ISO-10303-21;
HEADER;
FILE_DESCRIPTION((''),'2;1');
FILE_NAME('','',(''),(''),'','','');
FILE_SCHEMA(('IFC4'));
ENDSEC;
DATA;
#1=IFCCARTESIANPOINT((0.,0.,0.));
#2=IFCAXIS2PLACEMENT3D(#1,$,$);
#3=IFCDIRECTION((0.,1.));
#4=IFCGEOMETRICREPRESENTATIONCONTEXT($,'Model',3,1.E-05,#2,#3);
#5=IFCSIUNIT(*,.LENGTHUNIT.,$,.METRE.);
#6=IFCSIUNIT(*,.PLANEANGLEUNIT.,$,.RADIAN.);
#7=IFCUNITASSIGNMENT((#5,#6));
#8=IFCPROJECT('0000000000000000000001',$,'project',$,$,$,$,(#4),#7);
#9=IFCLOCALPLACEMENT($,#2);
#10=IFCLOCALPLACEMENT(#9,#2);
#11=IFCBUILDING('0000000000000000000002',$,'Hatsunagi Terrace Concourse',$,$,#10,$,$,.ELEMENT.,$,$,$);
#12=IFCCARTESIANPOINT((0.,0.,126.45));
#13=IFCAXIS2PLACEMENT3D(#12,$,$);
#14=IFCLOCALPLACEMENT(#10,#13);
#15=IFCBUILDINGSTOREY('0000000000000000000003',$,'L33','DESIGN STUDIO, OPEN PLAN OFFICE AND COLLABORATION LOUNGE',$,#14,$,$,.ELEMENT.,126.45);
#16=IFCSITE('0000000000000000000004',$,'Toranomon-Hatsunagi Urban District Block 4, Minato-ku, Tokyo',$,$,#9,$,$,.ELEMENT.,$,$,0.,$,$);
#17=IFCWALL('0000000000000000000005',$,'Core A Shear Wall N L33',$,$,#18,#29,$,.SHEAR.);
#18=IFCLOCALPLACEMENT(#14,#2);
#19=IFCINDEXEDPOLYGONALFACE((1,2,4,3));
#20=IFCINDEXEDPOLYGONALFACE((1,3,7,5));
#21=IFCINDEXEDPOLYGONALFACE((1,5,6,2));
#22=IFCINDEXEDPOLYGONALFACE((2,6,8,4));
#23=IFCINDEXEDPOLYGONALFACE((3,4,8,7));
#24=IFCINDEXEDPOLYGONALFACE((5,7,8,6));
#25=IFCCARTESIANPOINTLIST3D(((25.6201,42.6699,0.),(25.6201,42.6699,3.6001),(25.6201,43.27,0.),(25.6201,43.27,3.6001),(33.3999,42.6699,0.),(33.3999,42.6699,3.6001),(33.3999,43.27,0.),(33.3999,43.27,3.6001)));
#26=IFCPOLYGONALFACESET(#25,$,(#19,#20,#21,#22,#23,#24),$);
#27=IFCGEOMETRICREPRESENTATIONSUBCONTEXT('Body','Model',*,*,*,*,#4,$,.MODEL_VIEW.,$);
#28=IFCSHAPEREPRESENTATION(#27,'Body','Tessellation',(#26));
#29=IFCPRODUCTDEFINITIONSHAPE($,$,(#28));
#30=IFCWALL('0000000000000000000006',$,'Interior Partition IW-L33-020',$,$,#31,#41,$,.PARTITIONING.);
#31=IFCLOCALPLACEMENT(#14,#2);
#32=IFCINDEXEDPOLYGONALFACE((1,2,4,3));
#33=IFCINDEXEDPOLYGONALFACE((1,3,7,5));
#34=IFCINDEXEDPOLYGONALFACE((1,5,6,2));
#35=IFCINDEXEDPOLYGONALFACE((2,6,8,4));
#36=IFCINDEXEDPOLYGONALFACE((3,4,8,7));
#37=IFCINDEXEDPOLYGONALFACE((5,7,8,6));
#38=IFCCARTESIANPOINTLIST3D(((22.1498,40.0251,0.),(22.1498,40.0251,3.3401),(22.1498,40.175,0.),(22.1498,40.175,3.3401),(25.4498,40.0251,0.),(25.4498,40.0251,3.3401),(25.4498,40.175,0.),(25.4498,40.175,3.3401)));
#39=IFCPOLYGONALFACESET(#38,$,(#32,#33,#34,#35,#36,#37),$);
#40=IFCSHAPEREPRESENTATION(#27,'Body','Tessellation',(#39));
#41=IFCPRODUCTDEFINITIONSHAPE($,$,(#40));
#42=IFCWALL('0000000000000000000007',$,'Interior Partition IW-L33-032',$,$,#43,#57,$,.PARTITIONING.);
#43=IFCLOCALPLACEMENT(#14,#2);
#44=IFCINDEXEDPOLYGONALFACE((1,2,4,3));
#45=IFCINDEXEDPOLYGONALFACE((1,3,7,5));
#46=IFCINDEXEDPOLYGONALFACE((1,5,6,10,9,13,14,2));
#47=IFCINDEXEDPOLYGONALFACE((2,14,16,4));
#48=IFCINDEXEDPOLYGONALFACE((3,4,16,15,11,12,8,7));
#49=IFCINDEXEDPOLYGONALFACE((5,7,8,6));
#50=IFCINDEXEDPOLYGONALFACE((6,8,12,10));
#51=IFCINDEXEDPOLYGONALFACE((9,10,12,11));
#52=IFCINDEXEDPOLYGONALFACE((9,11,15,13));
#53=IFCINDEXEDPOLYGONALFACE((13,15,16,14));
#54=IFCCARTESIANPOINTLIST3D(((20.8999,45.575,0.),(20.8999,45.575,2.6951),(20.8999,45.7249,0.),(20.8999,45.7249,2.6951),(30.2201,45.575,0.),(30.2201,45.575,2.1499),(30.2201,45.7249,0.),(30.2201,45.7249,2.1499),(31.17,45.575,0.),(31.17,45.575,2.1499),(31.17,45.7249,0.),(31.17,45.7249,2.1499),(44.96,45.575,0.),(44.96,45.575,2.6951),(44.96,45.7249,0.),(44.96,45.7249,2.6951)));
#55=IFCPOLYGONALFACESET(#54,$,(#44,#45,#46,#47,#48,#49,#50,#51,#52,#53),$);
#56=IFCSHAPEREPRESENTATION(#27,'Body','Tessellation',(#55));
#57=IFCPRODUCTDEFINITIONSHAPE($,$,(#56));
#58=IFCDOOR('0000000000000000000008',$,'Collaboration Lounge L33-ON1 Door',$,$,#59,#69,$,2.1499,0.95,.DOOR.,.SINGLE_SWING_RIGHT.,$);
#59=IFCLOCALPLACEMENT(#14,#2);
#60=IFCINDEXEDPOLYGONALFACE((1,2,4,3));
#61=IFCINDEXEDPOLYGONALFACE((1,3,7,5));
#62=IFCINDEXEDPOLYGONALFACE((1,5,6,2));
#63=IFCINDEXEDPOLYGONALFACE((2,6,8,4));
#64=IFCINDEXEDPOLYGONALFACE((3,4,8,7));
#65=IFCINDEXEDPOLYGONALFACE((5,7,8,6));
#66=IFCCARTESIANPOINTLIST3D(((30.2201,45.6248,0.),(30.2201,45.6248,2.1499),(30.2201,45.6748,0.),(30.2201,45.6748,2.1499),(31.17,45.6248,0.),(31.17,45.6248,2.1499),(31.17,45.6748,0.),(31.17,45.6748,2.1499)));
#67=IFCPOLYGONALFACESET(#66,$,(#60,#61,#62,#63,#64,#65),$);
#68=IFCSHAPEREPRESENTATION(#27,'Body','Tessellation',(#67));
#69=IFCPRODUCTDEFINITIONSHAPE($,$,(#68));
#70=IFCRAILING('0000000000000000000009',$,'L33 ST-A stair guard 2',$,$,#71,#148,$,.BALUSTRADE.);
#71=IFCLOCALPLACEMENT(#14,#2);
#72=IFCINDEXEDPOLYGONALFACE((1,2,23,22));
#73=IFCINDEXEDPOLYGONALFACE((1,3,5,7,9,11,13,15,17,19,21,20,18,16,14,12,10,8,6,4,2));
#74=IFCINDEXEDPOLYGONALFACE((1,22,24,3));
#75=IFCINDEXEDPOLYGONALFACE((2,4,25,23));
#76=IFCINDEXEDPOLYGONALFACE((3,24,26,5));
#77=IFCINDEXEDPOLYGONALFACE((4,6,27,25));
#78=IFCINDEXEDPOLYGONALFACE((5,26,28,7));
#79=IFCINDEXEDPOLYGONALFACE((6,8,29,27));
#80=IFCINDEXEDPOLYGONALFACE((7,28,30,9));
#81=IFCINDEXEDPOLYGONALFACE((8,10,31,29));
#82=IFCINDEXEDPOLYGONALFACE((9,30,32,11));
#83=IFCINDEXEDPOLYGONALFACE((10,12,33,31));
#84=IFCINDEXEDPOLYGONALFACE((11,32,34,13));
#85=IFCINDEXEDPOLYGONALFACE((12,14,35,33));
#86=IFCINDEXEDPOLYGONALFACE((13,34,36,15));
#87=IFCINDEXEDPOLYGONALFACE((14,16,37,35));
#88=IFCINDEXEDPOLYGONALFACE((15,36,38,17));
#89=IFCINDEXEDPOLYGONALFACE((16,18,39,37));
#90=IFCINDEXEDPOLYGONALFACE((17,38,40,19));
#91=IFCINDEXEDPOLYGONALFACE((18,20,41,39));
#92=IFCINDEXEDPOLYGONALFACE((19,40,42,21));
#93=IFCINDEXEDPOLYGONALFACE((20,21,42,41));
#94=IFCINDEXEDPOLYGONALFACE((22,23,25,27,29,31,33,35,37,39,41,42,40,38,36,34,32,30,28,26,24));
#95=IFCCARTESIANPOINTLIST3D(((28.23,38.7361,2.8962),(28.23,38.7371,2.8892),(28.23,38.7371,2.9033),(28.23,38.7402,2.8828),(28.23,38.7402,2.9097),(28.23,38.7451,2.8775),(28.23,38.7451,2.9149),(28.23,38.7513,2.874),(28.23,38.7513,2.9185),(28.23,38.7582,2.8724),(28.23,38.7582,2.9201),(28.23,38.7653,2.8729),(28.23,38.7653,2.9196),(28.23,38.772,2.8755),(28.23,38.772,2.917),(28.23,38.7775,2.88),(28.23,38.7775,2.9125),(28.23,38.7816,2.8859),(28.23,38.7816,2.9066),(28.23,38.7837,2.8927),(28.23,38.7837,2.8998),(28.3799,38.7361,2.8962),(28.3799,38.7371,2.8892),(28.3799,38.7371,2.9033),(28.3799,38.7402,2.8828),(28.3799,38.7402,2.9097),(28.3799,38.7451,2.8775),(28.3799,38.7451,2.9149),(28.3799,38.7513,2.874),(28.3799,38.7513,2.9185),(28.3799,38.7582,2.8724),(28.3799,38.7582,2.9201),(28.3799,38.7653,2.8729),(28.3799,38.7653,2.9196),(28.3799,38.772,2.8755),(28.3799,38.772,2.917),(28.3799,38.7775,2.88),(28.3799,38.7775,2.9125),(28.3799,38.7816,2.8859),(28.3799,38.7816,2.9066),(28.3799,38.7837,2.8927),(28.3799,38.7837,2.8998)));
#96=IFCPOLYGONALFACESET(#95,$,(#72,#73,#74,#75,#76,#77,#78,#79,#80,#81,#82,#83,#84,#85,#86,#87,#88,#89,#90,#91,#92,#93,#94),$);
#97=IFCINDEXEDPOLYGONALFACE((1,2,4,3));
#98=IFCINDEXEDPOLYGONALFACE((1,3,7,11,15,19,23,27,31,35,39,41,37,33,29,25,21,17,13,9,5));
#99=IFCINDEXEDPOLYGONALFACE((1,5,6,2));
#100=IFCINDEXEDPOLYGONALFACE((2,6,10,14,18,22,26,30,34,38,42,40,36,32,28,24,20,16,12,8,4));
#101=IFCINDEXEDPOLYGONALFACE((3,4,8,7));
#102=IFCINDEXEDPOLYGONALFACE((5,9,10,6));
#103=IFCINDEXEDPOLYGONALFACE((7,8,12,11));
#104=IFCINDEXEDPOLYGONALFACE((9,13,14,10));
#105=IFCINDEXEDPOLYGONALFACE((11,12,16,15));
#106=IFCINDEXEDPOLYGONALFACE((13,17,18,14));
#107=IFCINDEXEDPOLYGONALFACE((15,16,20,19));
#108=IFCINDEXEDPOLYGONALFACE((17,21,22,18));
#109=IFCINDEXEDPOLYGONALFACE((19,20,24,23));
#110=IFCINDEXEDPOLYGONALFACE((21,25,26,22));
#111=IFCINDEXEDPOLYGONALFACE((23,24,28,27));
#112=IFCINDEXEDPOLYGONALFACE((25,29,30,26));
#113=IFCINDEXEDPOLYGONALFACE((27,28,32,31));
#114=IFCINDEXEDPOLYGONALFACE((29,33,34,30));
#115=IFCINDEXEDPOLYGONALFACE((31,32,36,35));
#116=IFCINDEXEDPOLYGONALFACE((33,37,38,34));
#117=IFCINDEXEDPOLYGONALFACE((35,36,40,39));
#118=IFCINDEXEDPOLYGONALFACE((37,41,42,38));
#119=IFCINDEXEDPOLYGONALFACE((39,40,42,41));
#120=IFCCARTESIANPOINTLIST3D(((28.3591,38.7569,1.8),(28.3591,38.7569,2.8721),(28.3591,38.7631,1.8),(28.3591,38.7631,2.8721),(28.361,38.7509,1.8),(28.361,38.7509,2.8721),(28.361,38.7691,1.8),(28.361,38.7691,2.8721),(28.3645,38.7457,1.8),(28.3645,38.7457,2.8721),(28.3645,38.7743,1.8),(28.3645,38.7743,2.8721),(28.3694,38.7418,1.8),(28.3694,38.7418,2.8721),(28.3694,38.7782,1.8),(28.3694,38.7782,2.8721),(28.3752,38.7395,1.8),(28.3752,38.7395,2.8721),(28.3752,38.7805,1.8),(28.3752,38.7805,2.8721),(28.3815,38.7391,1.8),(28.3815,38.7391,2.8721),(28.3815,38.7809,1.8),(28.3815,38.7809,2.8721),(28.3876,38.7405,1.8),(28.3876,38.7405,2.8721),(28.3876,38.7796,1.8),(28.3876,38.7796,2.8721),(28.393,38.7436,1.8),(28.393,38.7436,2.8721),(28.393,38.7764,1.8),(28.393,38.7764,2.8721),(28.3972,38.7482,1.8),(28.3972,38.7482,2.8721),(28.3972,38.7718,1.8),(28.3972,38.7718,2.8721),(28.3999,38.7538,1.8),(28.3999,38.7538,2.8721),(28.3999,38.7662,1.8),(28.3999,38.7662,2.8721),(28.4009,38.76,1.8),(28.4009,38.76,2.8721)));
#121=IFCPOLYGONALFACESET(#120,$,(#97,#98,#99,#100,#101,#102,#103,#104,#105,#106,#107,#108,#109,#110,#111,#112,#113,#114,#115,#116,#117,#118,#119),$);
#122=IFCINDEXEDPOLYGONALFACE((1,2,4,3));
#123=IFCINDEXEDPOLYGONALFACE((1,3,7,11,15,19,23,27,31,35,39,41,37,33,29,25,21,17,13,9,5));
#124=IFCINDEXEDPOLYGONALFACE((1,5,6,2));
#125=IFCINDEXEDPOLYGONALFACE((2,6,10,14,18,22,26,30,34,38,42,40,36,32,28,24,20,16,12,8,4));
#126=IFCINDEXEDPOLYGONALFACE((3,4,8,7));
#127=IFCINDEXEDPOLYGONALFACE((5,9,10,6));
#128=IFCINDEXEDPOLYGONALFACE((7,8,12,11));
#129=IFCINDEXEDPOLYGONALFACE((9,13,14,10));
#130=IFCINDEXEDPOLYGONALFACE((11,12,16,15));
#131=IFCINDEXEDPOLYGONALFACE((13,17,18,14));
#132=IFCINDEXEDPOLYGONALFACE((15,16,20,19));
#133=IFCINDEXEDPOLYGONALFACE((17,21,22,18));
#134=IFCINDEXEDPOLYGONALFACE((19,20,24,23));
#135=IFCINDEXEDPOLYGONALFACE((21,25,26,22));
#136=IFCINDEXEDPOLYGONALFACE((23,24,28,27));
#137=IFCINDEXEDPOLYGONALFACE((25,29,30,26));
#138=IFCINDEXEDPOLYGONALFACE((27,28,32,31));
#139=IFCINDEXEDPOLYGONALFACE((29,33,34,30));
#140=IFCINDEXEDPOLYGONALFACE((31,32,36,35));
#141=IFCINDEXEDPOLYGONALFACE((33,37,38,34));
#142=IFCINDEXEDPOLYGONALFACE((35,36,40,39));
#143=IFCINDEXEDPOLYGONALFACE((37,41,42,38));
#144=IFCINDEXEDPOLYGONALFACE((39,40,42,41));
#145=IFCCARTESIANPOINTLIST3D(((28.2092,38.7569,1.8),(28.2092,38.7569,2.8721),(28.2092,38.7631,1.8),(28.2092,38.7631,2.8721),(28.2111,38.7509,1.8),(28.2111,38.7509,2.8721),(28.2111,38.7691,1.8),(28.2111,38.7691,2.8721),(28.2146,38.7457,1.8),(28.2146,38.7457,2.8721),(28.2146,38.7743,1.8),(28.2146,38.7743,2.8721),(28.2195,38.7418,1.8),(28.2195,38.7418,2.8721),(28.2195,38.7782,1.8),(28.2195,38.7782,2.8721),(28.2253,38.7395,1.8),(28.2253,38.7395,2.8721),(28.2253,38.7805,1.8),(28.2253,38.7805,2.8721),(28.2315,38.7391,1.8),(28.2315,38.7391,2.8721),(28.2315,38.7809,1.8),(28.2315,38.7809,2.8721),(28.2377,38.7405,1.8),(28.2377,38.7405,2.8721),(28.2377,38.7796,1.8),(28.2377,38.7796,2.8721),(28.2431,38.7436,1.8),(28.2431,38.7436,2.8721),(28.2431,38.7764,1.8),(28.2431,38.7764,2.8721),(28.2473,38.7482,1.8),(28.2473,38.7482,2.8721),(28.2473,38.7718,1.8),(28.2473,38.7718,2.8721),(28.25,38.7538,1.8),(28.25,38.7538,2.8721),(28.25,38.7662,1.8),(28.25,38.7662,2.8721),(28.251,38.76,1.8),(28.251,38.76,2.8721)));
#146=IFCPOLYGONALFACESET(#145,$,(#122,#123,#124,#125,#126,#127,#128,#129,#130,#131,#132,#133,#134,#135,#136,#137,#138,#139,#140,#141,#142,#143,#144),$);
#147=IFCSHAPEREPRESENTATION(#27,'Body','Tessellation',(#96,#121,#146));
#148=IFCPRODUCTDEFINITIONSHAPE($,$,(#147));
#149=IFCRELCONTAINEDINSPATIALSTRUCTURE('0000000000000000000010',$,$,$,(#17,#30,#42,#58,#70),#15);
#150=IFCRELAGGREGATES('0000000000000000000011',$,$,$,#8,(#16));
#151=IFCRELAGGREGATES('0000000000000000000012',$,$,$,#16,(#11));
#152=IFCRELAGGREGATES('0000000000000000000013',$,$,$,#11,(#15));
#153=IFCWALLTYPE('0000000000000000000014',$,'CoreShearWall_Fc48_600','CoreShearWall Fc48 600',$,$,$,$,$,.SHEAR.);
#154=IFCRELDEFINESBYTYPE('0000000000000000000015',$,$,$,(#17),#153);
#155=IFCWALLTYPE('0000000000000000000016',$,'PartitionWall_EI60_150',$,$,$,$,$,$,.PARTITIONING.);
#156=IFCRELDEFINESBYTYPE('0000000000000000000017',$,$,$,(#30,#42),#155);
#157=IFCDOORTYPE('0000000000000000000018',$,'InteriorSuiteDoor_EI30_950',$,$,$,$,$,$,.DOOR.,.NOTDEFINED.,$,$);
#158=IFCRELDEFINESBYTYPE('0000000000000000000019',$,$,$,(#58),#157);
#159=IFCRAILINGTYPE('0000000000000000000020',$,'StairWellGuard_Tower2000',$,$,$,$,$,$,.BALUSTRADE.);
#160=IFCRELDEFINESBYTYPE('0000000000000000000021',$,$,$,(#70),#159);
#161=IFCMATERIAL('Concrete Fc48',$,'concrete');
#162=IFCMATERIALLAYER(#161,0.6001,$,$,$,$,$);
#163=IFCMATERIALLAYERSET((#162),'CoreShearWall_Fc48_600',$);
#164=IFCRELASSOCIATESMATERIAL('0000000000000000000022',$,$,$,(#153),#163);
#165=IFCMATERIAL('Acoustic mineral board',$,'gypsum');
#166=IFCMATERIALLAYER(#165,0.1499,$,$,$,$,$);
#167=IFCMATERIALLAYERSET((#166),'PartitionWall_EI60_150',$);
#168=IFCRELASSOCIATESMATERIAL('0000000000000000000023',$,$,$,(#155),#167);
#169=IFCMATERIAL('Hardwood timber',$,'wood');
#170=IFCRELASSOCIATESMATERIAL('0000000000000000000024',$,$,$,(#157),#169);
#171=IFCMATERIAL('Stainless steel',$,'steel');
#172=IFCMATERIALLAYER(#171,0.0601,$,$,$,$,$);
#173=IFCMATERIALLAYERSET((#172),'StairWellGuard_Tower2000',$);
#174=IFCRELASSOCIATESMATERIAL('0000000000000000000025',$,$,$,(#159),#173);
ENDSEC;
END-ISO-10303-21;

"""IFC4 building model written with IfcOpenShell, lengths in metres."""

from ifc_helpers import new_model, si_unit, direction, frame, frame_2d, origin, origin_2d, place, context, subcontext, project, spatial, rectangle, circle, extrude, material, layer, layer_set, type_object, element, fill, save


model = new_model("IFC4")

# Units and contexts
model_context = context("Model", 3, precision=1e-05, world=origin(), true_north=direction((0.0, 1.0)))
body_context = subcontext(model_context, "Body", "Model", "MODEL_VIEW")
ifc_project = project(units=[si_unit("LENGTHUNIT", "METRE"), si_unit("PLANEANGLEUNIT", "RADIAN")], contexts=[model_context])

# Site, building, storey
site_placement = place(None, origin())
site = spatial("IfcSite", under=ifc_project, at=site_placement, Name="Toranomon-Hatsunagi Urban District Block 4, Minato-ku, Tokyo", CompositionType="ELEMENT", RefElevation=0.0)
building_placement = place(site_placement, origin())
building = spatial("IfcBuilding", under=site, at=building_placement, Name="Hatsunagi Terrace Concourse", CompositionType="ELEMENT")
storey_placement = place(building_placement, frame((0.0, 0.0, 126.45)))
storey = spatial("IfcBuildingStorey", under=building, at=storey_placement, Name="L33", Description="DESIGN STUDIO, OPEN PLAN OFFICE AND COLLABORATION LOUNGE", CompositionType="ELEMENT", Elevation=126.45)

# Walls
ifc_material_1 = material(Name="Concrete Fc48", Category="concrete")
ifc_layer_1 = layer(ifc_material_1, 0.6001)
ifc_layer_set_1 = layer_set([ifc_layer_1], Name="CoreShearWall_Fc48_600")
wall_type_1 = type_object("IfcWallType", Name="CoreShearWall_Fc48_600", Description="CoreShearWall Fc48 600", PredefinedType="SHEAR", material=ifc_layer_set_1)
wall_1_placement = place(storey_placement, frame((25.6201, 42.97, 0.0), z_axis=(0.0, 0.0, 1.0), x_axis=(1.0, 0.0, 0.0)))
element("IfcWall", 1, at=wall_1_placement, inside=storey, type_object=wall_type_1, Name="Core A Shear Wall N L33", PredefinedType="SHEAR", context=body_context, shape_type="SweptSolid", body=[
    extrude(rectangle(XDim=7.7798, YDim=0.6001, at=frame_2d((3.8899, 0.0))), origin(), (0.0, 0.0, 1.0), 3.6001),
])
ifc_material_2 = material(Name="Acoustic mineral board", Category="gypsum")
ifc_layer_2 = layer(ifc_material_2, 0.1499)
ifc_layer_set_2 = layer_set([ifc_layer_2], Name="PartitionWall_EI60_150")
wall_type_2 = type_object("IfcWallType", Name="PartitionWall_EI60_150", PredefinedType="PARTITIONING", material=ifc_layer_set_2)
wall_2_placement = place(storey_placement, frame((22.1499, 40.1001, 0.0), z_axis=(0.0, 0.0, 1.0), x_axis=(1.0, 0.0, 0.0)))
element("IfcWall", 2, at=wall_2_placement, inside=storey, type_object=wall_type_2, Name="Interior Partition IW-L33-020", PredefinedType="PARTITIONING", context=body_context, shape_type="SweptSolid", body=[
    extrude(rectangle(XDim=3.3, YDim=0.1499, at=frame_2d((1.6499, 0.0))), origin(), (0.0, 0.0, 1.0), 3.3401),
])

# Wall, opening, door
wall_3_placement = place(storey_placement, frame((20.8999, 45.6499, 0.0), z_axis=(0.0, 0.0, 1.0), x_axis=(1.0, 0.0, 0.0)))
wall_3 = element("IfcWall", 3, at=wall_3_placement, inside=storey, type_object=wall_type_2, Name="Interior Partition IW-L33-032", PredefinedType="PARTITIONING", context=body_context, shape_type="SweptSolid", body=[
    extrude(rectangle(XDim=24.0601, YDim=0.1499, at=frame_2d((12.03, 0.0))), origin(), (0.0, 0.0, 1.0), 2.6951),
])
opening_placement = place(wall_3_placement, frame((9.3201, 0.0, 0.0)))
opening = element("IfcOpeningElement", 4, at=opening_placement, cuts=wall_3, PredefinedType="OPENING", context=body_context, shape_type="SweptSolid", body=[
    extrude(rectangle(XDim=0.95, YDim=2.1499, at=frame_2d((0.4751, 1.075))), frame((0.0, 0.085, 0.0), z_axis=(0.0, -1.0, 0.0), x_axis=(1.0, 0.0, 0.0)), (0.0, 0.0, 1.0), 0.1699),
])
ifc_material_3 = material(Name="Hardwood timber", Category="wood")
door_type = type_object("IfcDoorType", Name="InteriorSuiteDoor_EI30_950", OperationType="NOTDEFINED", PredefinedType="DOOR", material=ifc_material_3)
door_placement = place(opening_placement, origin())
door = element("IfcDoor", 5, at=door_placement, inside=storey, type_object=door_type, Name="Collaboration Lounge L33-ON1 Door", OperationType="SINGLE_SWING_RIGHT", OverallHeight=2.1499, OverallWidth=0.95, PredefinedType="DOOR", context=body_context, shape_type="SweptSolid", body=[
    extrude(rectangle(XDim=0.95, YDim=2.1499, at=frame_2d((0.4751, 1.075))), frame((0.0, 0.0249, 0.0), z_axis=(0.0, -1.0, 0.0), x_axis=(1.0, 0.0, 0.0)), (0.0, 0.0, 1.0), 0.05),
])
fill(opening, door)

# Railing
ifc_material_4 = material(Name="Stainless steel", Category="steel")
ifc_layer_3 = layer(ifc_material_4, 0.0601)
ifc_layer_set_3 = layer_set([ifc_layer_3], Name="StairWellGuard_Tower2000")
railing_type = type_object("IfcRailingType", Name="StairWellGuard_Tower2000", PredefinedType="BALUSTRADE", material=ifc_layer_set_3)
railing_1_placement = place(storey_placement, frame((28.3799, 38.76, 1.8)))
element("IfcRailing", 6, at=railing_1_placement, inside=storey, type_object=railing_type, Name="L33 ST-A stair guard 2", PredefinedType="BALUSTRADE", context=body_context, shape_type="SweptSolid", body=[
    extrude(circle(Radius=0.0239, at=origin_2d()), frame((0.0, 0.0, 1.0962), z_axis=(-1.0, 0.0, 0.0), x_axis=(0.0, -1.0, 0.0)), (0.0, 0.0, 1.0), 0.1499),
    extrude(circle(Radius=0.021, at=origin_2d()), origin(), (0.0, 0.0, 1.0), 1.072),
    extrude(circle(Radius=0.021, at=origin_2d()), frame((-0.1499, 0.0, 0.0)), (0.0, 0.0, 1.0), 1.072),
])

save(model, "model.ifc")
